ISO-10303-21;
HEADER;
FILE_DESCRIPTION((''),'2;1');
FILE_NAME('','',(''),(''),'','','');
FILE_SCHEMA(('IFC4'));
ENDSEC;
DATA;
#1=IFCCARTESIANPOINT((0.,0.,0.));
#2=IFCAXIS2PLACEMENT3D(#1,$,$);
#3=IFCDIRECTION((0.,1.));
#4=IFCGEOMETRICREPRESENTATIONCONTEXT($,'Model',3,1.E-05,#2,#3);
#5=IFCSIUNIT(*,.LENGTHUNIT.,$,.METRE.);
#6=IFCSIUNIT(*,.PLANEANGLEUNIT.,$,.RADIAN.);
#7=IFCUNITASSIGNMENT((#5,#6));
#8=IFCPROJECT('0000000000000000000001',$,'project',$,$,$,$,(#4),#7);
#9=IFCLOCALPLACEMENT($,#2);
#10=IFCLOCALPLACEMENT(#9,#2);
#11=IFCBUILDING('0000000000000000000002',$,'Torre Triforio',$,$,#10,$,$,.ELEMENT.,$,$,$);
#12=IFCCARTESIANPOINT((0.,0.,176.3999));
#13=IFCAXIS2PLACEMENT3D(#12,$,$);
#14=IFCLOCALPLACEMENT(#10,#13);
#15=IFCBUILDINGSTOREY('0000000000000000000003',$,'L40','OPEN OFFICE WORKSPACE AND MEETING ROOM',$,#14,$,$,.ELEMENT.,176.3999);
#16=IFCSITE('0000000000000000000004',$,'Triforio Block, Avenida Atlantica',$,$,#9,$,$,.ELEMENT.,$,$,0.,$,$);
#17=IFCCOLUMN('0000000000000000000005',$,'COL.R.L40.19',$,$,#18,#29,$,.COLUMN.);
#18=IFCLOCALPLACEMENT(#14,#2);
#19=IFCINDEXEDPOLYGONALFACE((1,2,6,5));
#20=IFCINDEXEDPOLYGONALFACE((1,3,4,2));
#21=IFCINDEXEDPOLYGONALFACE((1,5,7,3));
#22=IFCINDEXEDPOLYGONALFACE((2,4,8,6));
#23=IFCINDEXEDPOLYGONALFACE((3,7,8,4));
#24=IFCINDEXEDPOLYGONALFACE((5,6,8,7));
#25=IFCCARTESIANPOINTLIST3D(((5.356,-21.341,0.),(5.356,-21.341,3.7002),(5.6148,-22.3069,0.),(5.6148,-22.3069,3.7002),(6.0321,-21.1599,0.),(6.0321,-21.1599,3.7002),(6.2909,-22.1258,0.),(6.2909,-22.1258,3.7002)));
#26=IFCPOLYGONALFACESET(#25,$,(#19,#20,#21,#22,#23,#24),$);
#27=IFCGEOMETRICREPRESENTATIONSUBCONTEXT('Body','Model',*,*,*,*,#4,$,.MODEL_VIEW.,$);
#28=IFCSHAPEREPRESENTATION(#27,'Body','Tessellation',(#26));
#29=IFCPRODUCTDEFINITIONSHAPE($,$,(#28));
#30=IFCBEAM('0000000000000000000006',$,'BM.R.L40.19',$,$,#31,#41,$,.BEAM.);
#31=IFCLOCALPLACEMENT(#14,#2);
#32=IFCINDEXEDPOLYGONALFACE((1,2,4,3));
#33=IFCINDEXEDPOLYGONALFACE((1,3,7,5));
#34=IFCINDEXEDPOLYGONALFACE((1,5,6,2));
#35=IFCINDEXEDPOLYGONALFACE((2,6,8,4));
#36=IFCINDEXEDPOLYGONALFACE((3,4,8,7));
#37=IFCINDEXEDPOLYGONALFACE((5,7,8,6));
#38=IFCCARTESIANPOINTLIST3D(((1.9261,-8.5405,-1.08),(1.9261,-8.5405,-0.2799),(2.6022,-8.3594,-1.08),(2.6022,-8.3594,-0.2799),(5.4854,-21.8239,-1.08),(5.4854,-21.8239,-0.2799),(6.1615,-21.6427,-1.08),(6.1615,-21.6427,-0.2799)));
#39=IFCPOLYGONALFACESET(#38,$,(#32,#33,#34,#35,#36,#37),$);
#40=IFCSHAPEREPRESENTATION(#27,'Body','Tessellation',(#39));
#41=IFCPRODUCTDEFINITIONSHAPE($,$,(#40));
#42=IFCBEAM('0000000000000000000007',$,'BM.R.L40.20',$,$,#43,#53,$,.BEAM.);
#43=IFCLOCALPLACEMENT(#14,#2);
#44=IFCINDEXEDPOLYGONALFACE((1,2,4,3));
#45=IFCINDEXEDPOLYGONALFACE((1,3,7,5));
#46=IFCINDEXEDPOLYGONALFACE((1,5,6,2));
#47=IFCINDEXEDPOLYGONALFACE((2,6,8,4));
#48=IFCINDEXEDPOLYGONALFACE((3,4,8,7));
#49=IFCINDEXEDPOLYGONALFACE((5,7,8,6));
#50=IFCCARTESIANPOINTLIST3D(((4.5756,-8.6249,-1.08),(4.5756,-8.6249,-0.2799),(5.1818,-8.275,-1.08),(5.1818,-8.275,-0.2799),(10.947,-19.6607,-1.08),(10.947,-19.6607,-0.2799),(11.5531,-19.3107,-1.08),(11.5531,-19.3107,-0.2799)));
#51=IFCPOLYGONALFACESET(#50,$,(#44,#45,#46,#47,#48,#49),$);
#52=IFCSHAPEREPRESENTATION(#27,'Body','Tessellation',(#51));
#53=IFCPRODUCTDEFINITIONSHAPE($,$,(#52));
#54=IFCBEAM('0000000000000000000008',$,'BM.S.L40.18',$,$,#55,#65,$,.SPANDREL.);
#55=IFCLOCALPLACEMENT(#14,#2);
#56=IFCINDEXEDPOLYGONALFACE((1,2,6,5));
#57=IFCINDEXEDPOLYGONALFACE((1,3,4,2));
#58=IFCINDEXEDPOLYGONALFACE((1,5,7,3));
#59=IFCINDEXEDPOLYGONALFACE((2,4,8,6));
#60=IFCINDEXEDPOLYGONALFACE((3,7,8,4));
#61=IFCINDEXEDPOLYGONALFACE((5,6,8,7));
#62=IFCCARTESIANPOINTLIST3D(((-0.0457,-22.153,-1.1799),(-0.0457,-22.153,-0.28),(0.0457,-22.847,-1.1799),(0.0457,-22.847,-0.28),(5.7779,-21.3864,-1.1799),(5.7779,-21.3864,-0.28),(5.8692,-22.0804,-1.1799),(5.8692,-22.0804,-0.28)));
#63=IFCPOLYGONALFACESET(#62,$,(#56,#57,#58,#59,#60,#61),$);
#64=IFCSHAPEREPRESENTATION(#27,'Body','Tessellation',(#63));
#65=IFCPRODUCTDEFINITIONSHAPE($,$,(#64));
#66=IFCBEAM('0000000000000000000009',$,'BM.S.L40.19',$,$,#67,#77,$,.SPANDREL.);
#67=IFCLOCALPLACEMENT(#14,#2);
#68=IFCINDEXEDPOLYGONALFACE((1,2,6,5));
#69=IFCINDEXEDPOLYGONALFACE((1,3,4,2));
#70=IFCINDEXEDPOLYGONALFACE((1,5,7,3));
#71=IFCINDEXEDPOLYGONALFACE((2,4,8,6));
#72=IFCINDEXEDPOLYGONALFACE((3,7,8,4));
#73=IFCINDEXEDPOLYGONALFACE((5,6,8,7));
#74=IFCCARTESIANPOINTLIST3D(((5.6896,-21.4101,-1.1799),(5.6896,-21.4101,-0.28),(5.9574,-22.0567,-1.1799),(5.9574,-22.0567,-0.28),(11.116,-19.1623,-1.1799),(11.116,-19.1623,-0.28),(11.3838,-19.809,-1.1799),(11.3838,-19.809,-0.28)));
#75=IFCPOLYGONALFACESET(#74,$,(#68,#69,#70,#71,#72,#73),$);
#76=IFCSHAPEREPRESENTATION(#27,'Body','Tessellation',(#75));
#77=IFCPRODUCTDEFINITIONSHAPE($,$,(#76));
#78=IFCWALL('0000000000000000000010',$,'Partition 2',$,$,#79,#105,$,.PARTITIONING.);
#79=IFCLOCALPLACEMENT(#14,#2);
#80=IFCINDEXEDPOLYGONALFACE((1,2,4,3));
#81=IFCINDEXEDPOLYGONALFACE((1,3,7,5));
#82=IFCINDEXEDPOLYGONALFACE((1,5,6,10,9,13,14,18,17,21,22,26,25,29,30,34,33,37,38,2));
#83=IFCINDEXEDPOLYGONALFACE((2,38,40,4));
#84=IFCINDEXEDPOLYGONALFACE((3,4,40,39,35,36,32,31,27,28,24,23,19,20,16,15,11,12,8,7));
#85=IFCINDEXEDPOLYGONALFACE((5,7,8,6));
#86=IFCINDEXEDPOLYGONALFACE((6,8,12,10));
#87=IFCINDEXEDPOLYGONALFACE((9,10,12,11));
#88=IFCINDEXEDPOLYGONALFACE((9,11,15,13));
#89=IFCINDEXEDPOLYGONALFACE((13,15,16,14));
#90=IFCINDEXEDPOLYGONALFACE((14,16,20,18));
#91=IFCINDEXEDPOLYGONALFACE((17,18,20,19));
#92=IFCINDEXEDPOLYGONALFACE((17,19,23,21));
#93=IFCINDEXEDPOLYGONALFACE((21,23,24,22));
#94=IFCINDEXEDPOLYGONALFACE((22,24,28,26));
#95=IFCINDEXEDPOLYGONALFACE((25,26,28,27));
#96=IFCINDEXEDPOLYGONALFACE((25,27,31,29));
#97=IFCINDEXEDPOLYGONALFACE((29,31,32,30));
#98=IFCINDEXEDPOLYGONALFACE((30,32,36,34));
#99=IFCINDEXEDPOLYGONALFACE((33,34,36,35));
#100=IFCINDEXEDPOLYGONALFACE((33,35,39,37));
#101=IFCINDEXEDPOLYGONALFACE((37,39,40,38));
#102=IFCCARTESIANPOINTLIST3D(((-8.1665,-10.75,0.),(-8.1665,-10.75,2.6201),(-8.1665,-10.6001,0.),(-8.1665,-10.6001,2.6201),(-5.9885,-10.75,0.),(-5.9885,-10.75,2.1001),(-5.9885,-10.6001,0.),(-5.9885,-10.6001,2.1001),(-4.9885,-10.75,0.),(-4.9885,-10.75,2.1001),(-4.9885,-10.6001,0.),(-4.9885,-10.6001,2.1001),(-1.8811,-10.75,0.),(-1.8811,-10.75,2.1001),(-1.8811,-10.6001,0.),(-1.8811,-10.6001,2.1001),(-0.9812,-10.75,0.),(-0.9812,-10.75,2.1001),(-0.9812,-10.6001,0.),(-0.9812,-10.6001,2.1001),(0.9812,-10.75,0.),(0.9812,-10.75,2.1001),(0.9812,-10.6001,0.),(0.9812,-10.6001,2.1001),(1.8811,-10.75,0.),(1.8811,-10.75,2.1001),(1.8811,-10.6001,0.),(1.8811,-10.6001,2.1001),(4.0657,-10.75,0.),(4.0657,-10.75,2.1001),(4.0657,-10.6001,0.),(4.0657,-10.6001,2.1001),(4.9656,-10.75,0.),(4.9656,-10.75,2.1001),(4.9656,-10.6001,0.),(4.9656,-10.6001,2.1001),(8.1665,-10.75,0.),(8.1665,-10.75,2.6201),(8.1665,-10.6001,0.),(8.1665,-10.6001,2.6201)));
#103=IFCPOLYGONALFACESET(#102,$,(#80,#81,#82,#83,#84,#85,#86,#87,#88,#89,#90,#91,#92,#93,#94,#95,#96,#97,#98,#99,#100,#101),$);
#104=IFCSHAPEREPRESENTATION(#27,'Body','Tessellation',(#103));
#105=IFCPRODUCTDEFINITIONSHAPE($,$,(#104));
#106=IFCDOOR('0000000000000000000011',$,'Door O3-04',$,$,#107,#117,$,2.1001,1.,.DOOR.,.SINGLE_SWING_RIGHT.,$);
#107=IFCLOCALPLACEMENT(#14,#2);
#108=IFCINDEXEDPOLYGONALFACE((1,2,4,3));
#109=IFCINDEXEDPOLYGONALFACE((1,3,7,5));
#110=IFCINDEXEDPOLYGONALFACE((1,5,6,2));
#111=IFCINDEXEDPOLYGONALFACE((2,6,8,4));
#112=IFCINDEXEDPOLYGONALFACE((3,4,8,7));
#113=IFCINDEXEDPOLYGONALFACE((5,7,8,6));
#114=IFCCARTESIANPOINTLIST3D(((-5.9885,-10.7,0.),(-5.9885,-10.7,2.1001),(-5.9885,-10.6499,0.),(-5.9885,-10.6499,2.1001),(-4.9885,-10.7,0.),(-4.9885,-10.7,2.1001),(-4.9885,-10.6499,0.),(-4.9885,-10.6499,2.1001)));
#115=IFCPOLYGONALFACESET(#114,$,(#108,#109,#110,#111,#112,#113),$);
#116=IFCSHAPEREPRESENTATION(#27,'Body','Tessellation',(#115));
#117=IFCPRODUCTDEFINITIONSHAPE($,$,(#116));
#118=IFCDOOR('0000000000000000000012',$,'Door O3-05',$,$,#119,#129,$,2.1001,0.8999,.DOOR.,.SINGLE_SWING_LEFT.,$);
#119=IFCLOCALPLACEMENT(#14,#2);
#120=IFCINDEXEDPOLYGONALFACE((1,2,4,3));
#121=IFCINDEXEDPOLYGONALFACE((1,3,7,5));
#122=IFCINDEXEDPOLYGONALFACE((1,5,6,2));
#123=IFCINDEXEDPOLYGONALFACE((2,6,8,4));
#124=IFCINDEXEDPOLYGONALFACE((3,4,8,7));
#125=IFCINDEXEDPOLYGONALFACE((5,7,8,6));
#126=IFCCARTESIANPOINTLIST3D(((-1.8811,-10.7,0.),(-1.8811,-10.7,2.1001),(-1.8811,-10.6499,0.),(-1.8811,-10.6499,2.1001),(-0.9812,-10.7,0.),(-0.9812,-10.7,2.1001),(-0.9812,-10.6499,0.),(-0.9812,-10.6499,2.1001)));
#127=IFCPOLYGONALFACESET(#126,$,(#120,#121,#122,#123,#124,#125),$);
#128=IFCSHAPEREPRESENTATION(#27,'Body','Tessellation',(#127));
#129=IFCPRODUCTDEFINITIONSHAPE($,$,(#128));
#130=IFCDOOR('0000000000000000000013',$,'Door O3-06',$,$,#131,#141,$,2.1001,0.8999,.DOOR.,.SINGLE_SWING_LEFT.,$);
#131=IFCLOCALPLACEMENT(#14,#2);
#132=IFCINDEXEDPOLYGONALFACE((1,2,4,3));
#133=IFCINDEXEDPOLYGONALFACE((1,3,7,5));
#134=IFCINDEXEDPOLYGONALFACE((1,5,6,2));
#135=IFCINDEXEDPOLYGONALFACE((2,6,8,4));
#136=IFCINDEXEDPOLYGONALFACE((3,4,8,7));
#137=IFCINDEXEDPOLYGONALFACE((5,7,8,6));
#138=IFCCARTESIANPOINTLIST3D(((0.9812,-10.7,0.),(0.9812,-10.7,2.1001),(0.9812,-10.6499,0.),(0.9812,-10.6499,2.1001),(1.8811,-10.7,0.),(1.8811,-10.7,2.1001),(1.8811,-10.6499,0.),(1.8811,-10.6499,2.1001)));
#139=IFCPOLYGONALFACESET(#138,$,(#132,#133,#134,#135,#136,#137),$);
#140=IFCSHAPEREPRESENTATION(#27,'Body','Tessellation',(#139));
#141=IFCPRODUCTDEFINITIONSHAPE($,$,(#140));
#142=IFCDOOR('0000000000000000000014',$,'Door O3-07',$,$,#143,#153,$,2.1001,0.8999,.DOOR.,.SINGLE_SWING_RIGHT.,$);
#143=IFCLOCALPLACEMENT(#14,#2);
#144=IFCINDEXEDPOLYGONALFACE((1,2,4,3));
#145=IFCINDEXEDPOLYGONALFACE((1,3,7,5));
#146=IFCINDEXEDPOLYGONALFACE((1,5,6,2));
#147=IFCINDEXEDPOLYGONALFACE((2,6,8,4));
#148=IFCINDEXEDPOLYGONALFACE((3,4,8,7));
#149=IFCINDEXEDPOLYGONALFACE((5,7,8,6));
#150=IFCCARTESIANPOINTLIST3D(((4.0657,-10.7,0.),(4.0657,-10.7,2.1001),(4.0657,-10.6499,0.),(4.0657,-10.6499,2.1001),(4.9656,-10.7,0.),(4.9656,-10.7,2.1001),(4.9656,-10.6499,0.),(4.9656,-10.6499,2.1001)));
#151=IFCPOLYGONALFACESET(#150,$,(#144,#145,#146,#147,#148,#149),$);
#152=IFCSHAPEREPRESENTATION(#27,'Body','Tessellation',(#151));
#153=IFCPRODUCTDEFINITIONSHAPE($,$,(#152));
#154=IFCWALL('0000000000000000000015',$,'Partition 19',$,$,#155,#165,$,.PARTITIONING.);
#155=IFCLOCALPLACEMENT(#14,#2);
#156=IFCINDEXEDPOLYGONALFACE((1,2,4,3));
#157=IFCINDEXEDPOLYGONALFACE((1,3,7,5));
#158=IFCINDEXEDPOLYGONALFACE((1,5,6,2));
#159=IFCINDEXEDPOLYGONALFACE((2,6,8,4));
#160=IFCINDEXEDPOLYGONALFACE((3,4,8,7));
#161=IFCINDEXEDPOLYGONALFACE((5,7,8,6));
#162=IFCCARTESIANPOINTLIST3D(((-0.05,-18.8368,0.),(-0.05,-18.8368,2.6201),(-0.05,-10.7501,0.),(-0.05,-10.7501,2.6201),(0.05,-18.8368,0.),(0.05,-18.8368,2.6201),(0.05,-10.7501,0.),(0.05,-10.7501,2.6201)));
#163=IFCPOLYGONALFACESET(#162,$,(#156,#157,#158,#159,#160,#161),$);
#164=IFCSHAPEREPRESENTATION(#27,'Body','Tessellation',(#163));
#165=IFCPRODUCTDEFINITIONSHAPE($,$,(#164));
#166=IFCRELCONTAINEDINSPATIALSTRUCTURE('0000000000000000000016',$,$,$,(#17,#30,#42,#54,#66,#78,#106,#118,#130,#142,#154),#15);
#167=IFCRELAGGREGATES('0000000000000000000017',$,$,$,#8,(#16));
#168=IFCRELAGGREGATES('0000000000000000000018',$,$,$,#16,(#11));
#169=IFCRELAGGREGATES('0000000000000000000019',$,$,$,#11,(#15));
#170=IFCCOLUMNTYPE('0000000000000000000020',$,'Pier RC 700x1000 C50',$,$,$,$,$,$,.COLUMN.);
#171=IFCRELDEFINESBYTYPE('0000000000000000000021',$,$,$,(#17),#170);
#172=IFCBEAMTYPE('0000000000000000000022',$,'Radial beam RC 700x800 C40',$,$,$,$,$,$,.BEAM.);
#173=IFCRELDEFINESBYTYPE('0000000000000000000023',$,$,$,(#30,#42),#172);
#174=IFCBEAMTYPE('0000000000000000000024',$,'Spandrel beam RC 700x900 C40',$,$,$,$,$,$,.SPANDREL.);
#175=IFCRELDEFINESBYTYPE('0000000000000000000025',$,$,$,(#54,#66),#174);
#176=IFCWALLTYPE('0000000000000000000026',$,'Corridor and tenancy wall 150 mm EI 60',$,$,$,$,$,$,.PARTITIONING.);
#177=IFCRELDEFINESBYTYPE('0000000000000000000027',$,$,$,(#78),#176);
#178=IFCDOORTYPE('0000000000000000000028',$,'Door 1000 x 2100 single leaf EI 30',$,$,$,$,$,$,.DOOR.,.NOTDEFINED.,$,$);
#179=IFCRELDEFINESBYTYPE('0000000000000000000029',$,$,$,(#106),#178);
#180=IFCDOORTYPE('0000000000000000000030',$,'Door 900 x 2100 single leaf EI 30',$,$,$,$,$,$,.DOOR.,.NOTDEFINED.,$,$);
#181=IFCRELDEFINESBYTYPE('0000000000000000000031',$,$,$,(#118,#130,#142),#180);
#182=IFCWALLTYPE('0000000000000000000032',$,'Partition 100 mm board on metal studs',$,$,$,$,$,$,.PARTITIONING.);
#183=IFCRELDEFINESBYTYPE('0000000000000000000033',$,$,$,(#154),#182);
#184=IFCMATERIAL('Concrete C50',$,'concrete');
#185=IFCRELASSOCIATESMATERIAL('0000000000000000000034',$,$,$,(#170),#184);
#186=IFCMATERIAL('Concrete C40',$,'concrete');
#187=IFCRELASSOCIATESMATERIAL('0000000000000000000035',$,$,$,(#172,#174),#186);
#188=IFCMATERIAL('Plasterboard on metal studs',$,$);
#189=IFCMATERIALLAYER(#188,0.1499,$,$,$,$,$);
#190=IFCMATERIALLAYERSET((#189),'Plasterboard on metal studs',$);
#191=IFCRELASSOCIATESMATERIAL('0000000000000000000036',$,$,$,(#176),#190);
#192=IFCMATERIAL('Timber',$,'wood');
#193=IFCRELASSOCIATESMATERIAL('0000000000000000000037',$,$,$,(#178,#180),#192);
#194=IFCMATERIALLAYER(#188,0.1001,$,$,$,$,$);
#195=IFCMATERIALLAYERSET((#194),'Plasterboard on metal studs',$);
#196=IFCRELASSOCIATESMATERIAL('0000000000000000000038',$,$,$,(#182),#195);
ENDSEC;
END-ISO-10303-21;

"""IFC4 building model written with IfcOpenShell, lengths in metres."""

from ifc_helpers import new_model, si_unit, direction, frame, frame_2d, origin, origin_2d, place, context, subcontext, project, spatial, rectangle, extrude, material, layer, layer_set, material_profile, profile_set, type_object, element, fill, save


model = new_model("IFC4")

# Units and contexts
model_context = context("Model", 3, precision=1e-05, world=origin(), true_north=direction((0.0, 1.0)))
body_context = subcontext(model_context, "Body", "Model", "MODEL_VIEW")
ifc_project = project(units=[si_unit("LENGTHUNIT", "METRE"), si_unit("PLANEANGLEUNIT", "RADIAN")], contexts=[model_context])

# Site, building, storey
site_placement = place(None, origin())
site = spatial("IfcSite", under=ifc_project, at=site_placement, Name="Triforio Block, Avenida Atlantica", CompositionType="ELEMENT", RefElevation=0.0)
building_placement = place(site_placement, origin())
building = spatial("IfcBuilding", under=site, at=building_placement, Name="Torre Triforio", CompositionType="ELEMENT")
storey_placement = place(building_placement, frame((0.0, 0.0, 176.3999)))
storey = spatial("IfcBuildingStorey", under=building, at=storey_placement, Name="L40", Description="OPEN OFFICE WORKSPACE AND MEETING ROOM", CompositionType="ELEMENT", Elevation=176.3999)

# Column
ifc_material_1 = material(Name="Concrete C50", Category="concrete")
ifc_material_profile_1 = material_profile(ifc_material_1, rectangle(XDim=0.7, YDim=1.0, at=origin_2d()), Name="RC 700x1000")
ifc_profile_set_1 = profile_set([ifc_material_profile_1], Name="Concrete C50")
column_type = type_object("IfcColumnType", Name="Pier RC 700x1000 C50", PredefinedType="COLUMN", material=ifc_profile_set_1)
column_placement = place(storey_placement, frame((5.8235, -21.7334, 0.0), z_axis=(0.0, 0.0, 1.0), x_axis=(0.965926, 0.258819, 0.0)))
element("IfcColumn", 1, at=column_placement, inside=storey, type_object=column_type, Name="COL.R.L40.19", PredefinedType="COLUMN", context=body_context, shape_type="SweptSolid", body=[
    extrude(rectangle(XDim=0.7, YDim=1.0, at=origin_2d()), origin(), (0.0, 0.0, 1.0), 3.7002),
])

# Beams
ifc_material_2 = material(Name="Concrete C40", Category="concrete")
ifc_material_profile_2 = material_profile(ifc_material_2, rectangle(XDim=0.7, YDim=0.8, at=origin_2d()), Name="RC 700x800")
ifc_profile_set_2 = profile_set([ifc_material_profile_2], Name="Concrete C40")
beam_type_1 = type_object("IfcBeamType", Name="Radial beam RC 700x800 C40", PredefinedType="BEAM", material=ifc_profile_set_2)
beam_1_placement = place(storey_placement, frame((2.2642, -8.45, -0.6799), z_axis=(0.258822, -0.965925, 0.0), x_axis=(0.965925, 0.258822, 0.0)))
element("IfcBeam", 2, at=beam_1_placement, inside=storey, type_object=beam_type_1, Name="BM.R.L40.19", PredefinedType="BEAM", context=body_context, shape_type="SweptSolid", body=[
    extrude(rectangle(XDim=0.7, YDim=0.8, at=origin_2d()), origin(), (0.0, 0.0, 1.0), 13.752),
])
beam_2_placement = place(storey_placement, frame((4.8787, -8.45, -0.6799), z_axis=(0.499994, -0.866029, 0.0), x_axis=(0.866029, 0.499994, 0.0)))
element("IfcBeam", 3, at=beam_2_placement, inside=storey, type_object=beam_type_1, Name="BM.R.L40.20", PredefinedType="BEAM", context=body_context, shape_type="SweptSolid", body=[
    extrude(rectangle(XDim=0.7, YDim=0.8, at=origin_2d()), origin(), (0.0, 0.0, 1.0), 12.7429),
])
ifc_material_profile_3 = material_profile(ifc_material_2, rectangle(XDim=0.7, YDim=0.8999, at=origin_2d()), Name="RC 700x900")
ifc_profile_set_3 = profile_set([ifc_material_profile_3], Name="Concrete C40")
beam_type_2 = type_object("IfcBeamType", Name="Spandrel beam RC 700x900 C40", PredefinedType="SPANDREL", material=ifc_profile_set_3)
beam_3_placement = place(storey_placement, frame((0.0, -22.5, -0.73), z_axis=(0.991447, 0.130514, 0.0), x_axis=(-0.130514, 0.991447, 0.0)))
element("IfcBeam", 4, at=beam_3_placement, inside=storey, type_object=beam_type_2, Name="BM.S.L40.18", PredefinedType="SPANDREL", context=body_context, shape_type="SweptSolid", body=[
    extrude(rectangle(XDim=0.7, YDim=0.8999, at=origin_2d()), origin(), (0.0, 0.0, 1.0), 5.8738),
])
beam_4_placement = place(storey_placement, frame((5.8235, -21.7334, -0.73), z_axis=(0.923875, 0.382693, 0.0), x_axis=(-0.382693, 0.923875, 0.0)))
element("IfcBeam", 5, at=beam_4_placement, inside=storey, type_object=beam_type_2, Name="BM.S.L40.19", PredefinedType="SPANDREL", context=body_context, shape_type="SweptSolid", body=[
    extrude(rectangle(XDim=0.7, YDim=0.8999, at=origin_2d()), origin(), (0.0, 0.0, 1.0), 5.8735),
])

# Wall, openings, doors
ifc_material_3 = material(Name="Plasterboard on metal studs")
ifc_layer_1 = layer(ifc_material_3, 0.1499)
ifc_layer_set_1 = layer_set([ifc_layer_1], Name="Plasterboard on metal studs")
wall_type_1 = type_object("IfcWallType", Name="Corridor and tenancy wall 150 mm EI 60", PredefinedType="PARTITIONING", material=ifc_layer_set_1)
wall_1_placement = place(storey_placement, frame((8.1665, -10.675, 0.0), z_axis=(0.0, 0.0, 1.0), x_axis=(-1.0, 0.0, 0.0)))
wall_1 = element("IfcWall", 6, at=wall_1_placement, inside=storey, type_object=wall_type_1, Name="Partition 2", PredefinedType="PARTITIONING", context=body_context, shape_type="SweptSolid", body=[
    extrude(rectangle(XDim=16.333, YDim=0.1499, at=frame_2d((8.1665, 0.0))), origin(), (0.0, 0.0, 1.0), 2.6201),
])
opening_1_placement = place(wall_1_placement, frame((13.155, 0.0, 0.0)))
opening_1 = element("IfcOpeningElement", 7, at=opening_1_placement, cuts=wall_1, PredefinedType="OPENING", context=body_context, shape_type="SweptSolid", body=[
    extrude(rectangle(XDim=1.0, YDim=2.1001, at=frame_2d((0.5, 1.05))), frame((0.0, 0.085, 0.0), z_axis=(0.0, -1.0, 0.0), x_axis=(1.0, 0.0, 0.0)), (0.0, 0.0, 1.0), 0.1699),
])
opening_2_placement = place(wall_1_placement, frame((9.1477, 0.0, 0.0)))
opening_2 = element("IfcOpeningElement", 8, at=opening_2_placement, cuts=wall_1, PredefinedType="OPENING", context=body_context, shape_type="SweptSolid", body=[
    extrude(rectangle(XDim=0.8999, YDim=2.1001, at=frame_2d((0.45, 1.05))), frame((0.0, 0.085, 0.0), z_axis=(0.0, -1.0, 0.0), x_axis=(1.0, 0.0, 0.0)), (0.0, 0.0, 1.0), 0.1699),
])
opening_3_placement = place(wall_1_placement, frame((6.2854, 0.0, 0.0)))
opening_3 = element("IfcOpeningElement", 9, at=opening_3_placement, cuts=wall_1, PredefinedType="OPENING", context=body_context, shape_type="SweptSolid", body=[
    extrude(rectangle(XDim=0.8999, YDim=2.1001, at=frame_2d((0.45, 1.05))), frame((0.0, 0.085, 0.0), z_axis=(0.0, -1.0, 0.0), x_axis=(1.0, 0.0, 0.0)), (0.0, 0.0, 1.0), 0.1699),
])
opening_4_placement = place(wall_1_placement, frame((3.2009, 0.0, 0.0)))
opening_4 = element("IfcOpeningElement", 10, at=opening_4_placement, cuts=wall_1, PredefinedType="OPENING", context=body_context, shape_type="SweptSolid", body=[
    extrude(rectangle(XDim=0.8999, YDim=2.1001, at=frame_2d((0.45, 1.05))), frame((0.0, 0.085, 0.0), z_axis=(0.0, -1.0, 0.0), x_axis=(1.0, 0.0, 0.0)), (0.0, 0.0, 1.0), 0.1699),
])
ifc_material_4 = material(Name="Timber", Category="wood")
door_type_1 = type_object("IfcDoorType", Name="Door 1000 x 2100 single leaf EI 30", OperationType="NOTDEFINED", PredefinedType="DOOR", material=ifc_material_4)
door_1_placement = place(opening_1_placement, origin())
door_1 = element("IfcDoor", 11, at=door_1_placement, inside=storey, type_object=door_type_1, Name="Door O3-04", OperationType="SINGLE_SWING_RIGHT", OverallHeight=2.1001, OverallWidth=1.0, PredefinedType="DOOR", context=body_context, shape_type="SweptSolid", body=[
    extrude(rectangle(XDim=1.0, YDim=2.1001, at=frame_2d((0.5, 1.05))), frame((0.0, 0.0249, 0.0), z_axis=(0.0, -1.0, 0.0), x_axis=(1.0, 0.0, 0.0)), (0.0, 0.0, 1.0), 0.05),
])
fill(opening_1, door_1)
door_type_2 = type_object("IfcDoorType", Name="Door 900 x 2100 single leaf EI 30", OperationType="NOTDEFINED", PredefinedType="DOOR", material=ifc_material_4)
door_2_placement = place(opening_2_placement, origin())
door_2 = element("IfcDoor", 12, at=door_2_placement, inside=storey, type_object=door_type_2, Name="Door O3-05", OperationType="SINGLE_SWING_LEFT", OverallHeight=2.1001, OverallWidth=0.8999, PredefinedType="DOOR", context=body_context, shape_type="SweptSolid", body=[
    extrude(rectangle(XDim=0.8999, YDim=2.1001, at=frame_2d((0.45, 1.05))), frame((0.0, 0.0249, 0.0), z_axis=(0.0, -1.0, 0.0), x_axis=(1.0, 0.0, 0.0)), (0.0, 0.0, 1.0), 0.05),
])
fill(opening_2, door_2)
door_3_placement = place(opening_3_placement, origin())
door_3 = element("IfcDoor", 13, at=door_3_placement, inside=storey, type_object=door_type_2, Name="Door O3-06", OperationType="SINGLE_SWING_LEFT", OverallHeight=2.1001, OverallWidth=0.8999, PredefinedType="DOOR", context=body_context, shape_type="SweptSolid", body=[
    extrude(rectangle(XDim=0.8999, YDim=2.1001, at=frame_2d((0.45, 1.05))), frame((0.0, 0.0249, 0.0), z_axis=(0.0, -1.0, 0.0), x_axis=(1.0, 0.0, 0.0)), (0.0, 0.0, 1.0), 0.05),
])
fill(opening_3, door_3)
door_4_placement = place(opening_4_placement, origin())
door_4 = element("IfcDoor", 14, at=door_4_placement, inside=storey, type_object=door_type_2, Name="Door O3-07", OperationType="SINGLE_SWING_RIGHT", OverallHeight=2.1001, OverallWidth=0.8999, PredefinedType="DOOR", context=body_context, shape_type="SweptSolid", body=[
    extrude(rectangle(XDim=0.8999, YDim=2.1001, at=frame_2d((0.45, 1.05))), frame((0.0, 0.0249, 0.0), z_axis=(0.0, -1.0, 0.0), x_axis=(1.0, 0.0, 0.0)), (0.0, 0.0, 1.0), 0.05),
])
fill(opening_4, door_4)

# Wall
ifc_layer_2 = layer(ifc_material_3, 0.1001)
ifc_layer_set_2 = layer_set([ifc_layer_2], Name="Plasterboard on metal studs")
wall_type_2 = type_object("IfcWallType", Name="Partition 100 mm board on metal studs", PredefinedType="PARTITIONING", material=ifc_layer_set_2)
wall_2_placement = place(storey_placement, frame((0.0, -10.75, 0.0), z_axis=(0.0, 0.0, 1.0), x_axis=(0.0, -1.0, 0.0)))
element("IfcWall", 15, at=wall_2_placement, inside=storey, type_object=wall_type_2, Name="Partition 19", PredefinedType="PARTITIONING", context=body_context, shape_type="SweptSolid", body=[
    extrude(rectangle(XDim=8.0867, YDim=0.1001, at=frame_2d((4.0435, 0.0))), origin(), (0.0, 0.0, 1.0), 2.6201),
])

save(model, "model.ifc")
